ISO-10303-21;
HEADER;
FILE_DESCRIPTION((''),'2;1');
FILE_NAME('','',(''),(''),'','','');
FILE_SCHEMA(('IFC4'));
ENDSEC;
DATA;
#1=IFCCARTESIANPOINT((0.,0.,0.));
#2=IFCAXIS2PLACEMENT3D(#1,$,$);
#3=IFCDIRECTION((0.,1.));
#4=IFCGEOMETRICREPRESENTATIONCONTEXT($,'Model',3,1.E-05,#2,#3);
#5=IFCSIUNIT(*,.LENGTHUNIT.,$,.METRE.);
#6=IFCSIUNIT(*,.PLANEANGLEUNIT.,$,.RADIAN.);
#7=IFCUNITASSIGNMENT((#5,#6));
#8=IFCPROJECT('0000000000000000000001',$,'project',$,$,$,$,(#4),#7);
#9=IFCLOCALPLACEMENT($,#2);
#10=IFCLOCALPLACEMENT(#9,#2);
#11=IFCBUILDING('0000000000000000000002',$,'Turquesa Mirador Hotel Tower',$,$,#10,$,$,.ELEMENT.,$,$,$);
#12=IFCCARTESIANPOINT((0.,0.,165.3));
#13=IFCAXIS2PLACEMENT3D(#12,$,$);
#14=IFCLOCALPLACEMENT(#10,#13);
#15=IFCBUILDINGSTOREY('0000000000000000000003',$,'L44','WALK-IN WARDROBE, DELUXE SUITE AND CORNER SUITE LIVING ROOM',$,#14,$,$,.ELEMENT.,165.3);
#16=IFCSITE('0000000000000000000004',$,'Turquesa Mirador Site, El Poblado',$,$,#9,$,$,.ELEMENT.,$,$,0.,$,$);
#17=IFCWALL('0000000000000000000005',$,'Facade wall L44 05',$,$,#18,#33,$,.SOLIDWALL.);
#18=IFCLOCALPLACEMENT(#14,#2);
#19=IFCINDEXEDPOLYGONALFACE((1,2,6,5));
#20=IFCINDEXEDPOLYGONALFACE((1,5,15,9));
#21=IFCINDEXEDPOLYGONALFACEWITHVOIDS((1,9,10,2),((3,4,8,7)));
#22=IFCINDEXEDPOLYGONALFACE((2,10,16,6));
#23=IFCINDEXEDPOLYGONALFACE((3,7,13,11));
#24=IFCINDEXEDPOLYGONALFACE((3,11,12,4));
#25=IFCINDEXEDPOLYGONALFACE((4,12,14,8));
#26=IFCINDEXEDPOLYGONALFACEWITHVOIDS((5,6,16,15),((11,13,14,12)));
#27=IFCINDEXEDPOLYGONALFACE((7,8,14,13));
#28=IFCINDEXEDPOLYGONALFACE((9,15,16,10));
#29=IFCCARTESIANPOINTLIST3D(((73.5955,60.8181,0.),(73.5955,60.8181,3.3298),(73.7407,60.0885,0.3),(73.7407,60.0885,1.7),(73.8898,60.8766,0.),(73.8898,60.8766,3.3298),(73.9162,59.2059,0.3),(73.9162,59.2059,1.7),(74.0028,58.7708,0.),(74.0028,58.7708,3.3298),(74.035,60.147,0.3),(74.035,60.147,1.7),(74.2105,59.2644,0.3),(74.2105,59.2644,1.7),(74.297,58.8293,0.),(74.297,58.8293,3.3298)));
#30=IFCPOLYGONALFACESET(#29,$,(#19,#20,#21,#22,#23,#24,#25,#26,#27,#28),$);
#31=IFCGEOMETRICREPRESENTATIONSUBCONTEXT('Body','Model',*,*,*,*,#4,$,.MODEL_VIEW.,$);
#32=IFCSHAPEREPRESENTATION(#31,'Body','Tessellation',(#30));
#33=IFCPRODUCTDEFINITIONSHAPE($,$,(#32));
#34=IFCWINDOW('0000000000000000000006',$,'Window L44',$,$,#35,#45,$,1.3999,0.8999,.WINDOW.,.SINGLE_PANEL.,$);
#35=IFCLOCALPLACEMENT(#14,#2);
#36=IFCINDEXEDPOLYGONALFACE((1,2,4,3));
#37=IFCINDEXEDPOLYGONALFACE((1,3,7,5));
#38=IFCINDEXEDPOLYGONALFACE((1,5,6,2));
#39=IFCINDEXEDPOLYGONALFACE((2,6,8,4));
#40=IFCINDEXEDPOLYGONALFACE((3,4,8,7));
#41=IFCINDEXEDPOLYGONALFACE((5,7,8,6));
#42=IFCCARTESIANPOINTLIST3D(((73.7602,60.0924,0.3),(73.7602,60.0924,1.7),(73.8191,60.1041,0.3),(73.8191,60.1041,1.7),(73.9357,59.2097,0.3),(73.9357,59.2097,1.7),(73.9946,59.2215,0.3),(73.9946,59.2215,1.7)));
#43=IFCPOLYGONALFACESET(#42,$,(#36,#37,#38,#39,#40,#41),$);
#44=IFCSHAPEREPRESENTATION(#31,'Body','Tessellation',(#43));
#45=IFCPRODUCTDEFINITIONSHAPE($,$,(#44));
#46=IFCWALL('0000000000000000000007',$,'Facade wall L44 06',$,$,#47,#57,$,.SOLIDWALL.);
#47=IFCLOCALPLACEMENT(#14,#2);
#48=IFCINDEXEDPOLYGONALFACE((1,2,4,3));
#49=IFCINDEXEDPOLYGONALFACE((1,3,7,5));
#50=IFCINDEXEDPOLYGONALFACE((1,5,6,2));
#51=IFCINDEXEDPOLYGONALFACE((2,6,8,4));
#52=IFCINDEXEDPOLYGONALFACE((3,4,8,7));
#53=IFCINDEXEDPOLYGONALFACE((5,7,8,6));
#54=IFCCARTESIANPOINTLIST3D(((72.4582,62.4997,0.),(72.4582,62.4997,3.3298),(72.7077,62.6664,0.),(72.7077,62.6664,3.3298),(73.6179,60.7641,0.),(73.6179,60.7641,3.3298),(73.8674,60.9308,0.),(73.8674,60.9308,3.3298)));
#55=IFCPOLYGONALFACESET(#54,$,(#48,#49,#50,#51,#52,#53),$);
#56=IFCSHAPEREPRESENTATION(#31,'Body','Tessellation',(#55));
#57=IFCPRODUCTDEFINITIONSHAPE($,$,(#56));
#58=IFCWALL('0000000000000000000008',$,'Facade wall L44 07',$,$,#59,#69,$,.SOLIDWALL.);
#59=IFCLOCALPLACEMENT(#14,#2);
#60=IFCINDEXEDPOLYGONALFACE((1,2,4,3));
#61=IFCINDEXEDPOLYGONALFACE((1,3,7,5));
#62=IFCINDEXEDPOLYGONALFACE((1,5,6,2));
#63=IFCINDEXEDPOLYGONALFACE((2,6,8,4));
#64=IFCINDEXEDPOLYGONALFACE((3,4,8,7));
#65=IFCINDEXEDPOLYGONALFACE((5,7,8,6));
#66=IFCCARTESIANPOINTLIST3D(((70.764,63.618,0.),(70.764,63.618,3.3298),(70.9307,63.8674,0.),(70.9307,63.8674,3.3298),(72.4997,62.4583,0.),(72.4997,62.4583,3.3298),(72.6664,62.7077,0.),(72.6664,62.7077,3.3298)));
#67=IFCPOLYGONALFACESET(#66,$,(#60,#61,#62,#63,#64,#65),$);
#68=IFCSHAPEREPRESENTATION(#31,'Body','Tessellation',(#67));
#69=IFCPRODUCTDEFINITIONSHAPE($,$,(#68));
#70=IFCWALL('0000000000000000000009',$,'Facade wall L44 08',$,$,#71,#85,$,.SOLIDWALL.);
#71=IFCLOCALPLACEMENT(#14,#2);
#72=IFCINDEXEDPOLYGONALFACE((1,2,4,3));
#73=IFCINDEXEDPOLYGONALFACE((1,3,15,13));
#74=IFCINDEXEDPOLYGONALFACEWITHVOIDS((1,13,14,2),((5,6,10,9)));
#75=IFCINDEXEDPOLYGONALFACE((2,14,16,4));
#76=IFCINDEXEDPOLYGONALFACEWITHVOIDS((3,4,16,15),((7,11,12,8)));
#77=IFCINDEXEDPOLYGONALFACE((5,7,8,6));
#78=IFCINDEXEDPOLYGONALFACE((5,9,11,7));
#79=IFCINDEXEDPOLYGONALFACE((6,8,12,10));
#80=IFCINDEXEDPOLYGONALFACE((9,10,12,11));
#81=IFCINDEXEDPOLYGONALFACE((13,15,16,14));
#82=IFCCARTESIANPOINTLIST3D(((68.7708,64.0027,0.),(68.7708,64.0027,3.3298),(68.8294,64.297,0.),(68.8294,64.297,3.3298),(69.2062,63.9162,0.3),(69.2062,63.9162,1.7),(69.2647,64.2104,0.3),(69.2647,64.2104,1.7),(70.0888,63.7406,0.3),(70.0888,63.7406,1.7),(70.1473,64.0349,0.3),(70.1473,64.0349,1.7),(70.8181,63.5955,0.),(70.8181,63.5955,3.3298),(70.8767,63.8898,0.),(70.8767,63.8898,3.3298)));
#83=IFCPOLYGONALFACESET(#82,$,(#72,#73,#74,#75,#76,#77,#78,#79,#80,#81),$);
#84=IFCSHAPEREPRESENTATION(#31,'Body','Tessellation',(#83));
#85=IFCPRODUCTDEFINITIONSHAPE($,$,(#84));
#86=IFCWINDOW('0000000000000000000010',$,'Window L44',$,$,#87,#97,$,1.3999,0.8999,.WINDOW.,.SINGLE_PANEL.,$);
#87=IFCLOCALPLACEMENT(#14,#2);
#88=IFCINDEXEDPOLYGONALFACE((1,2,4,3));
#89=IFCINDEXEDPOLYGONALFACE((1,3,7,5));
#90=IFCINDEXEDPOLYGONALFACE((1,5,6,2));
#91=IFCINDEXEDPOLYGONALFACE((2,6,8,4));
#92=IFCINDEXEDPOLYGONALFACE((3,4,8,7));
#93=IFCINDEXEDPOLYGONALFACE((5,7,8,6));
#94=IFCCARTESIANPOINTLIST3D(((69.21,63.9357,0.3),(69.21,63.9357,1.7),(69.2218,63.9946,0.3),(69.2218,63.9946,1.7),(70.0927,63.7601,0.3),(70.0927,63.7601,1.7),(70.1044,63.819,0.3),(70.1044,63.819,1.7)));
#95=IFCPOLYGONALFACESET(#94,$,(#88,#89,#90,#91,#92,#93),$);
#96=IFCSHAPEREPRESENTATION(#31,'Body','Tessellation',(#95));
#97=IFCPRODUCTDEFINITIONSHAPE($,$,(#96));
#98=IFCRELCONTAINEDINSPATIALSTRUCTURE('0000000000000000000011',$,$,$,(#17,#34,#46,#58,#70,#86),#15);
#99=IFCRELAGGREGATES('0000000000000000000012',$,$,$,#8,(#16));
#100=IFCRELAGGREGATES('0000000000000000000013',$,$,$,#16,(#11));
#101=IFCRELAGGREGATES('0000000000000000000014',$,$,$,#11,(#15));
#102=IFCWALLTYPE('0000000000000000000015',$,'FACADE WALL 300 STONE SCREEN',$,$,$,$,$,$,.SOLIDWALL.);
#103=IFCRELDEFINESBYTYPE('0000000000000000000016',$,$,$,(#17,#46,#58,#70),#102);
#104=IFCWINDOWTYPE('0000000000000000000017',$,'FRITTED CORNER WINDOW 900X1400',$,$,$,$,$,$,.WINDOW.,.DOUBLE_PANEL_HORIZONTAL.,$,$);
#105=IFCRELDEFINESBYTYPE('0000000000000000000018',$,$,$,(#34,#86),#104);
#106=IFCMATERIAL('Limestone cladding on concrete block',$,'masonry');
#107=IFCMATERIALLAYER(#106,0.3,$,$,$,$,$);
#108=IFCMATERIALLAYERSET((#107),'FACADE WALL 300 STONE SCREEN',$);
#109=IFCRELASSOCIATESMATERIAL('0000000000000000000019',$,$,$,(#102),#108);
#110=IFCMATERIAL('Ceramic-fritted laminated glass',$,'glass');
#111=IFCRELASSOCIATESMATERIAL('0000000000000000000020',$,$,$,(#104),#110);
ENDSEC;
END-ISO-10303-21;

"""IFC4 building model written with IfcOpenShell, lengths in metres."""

from ifc_helpers import new_model, si_unit, direction, frame, frame_2d, origin, place, context, subcontext, project, spatial, rectangle, extrude, material, layer, layer_set, type_object, element, fill, save


model = new_model("IFC4")

# Units and contexts
model_context = context("Model", 3, precision=1e-05, world=origin(), true_north=direction((0.0, 1.0)))
body_context = subcontext(model_context, "Body", "Model", "MODEL_VIEW")
ifc_project = project(units=[si_unit("LENGTHUNIT", "METRE"), si_unit("PLANEANGLEUNIT", "RADIAN")], contexts=[model_context])

# Site, building, storey
site_placement = place(None, origin())
site = spatial("IfcSite", under=ifc_project, at=site_placement, Name="Turquesa Mirador Site, El Poblado", CompositionType="ELEMENT", RefElevation=0.0)
building_placement = place(site_placement, origin())
building = spatial("IfcBuilding", under=site, at=building_placement, Name="Turquesa Mirador Hotel Tower", CompositionType="ELEMENT")
storey_placement = place(building_placement, frame((0.0, 0.0, 165.3)))
storey = spatial("IfcBuildingStorey", under=building, at=storey_placement, Name="L44", Description="WALK-IN WARDROBE, DELUXE SUITE AND CORNER SUITE LIVING ROOM", CompositionType="ELEMENT", Elevation=165.3)

# Wall, opening, window
ifc_material_1 = material(Name="Limestone cladding on concrete block", Category="masonry")
ifc_layer_1 = layer(ifc_material_1, 0.3)
ifc_layer_set_1 = layer_set([ifc_layer_1], Name="FACADE WALL 300 STONE SCREEN")
wall_type_1 = type_object("IfcWallType", Name="FACADE WALL 300 STONE SCREEN", PredefinedType="SOLIDWALL", material=ifc_layer_set_1)
wall_1_placement = place(storey_placement, frame((74.1499, 58.8, 0.0), z_axis=(0.0, 0.0, 1.0), x_axis=(-0.195081, 0.980787, 0.0)))
wall_1 = element("IfcWall", 1, at=wall_1_placement, inside=storey, type_object=wall_type_1, Name="Facade wall L44 05", PredefinedType="SOLIDWALL", context=body_context, shape_type="SweptSolid", body=[
    extrude(rectangle(XDim=2.0874, YDim=0.3, at=frame_2d((1.0437, 0.0))), origin(), (0.0, 0.0, 1.0), 3.3298),
])
opening_1_placement = place(wall_1_placement, frame((0.4436, 0.0, 0.3)))
opening_1 = element("IfcOpeningElement", 2, at=opening_1_placement, cuts=wall_1, PredefinedType="OPENING", context=body_context, shape_type="SweptSolid", body=[
    extrude(rectangle(XDim=0.8999, YDim=1.3999, at=frame_2d((0.45, 0.7))), frame((0.0, 0.1599, 0.0), z_axis=(0.0, -1.0, 0.0), x_axis=(1.0, 0.0, 0.0)), (0.0, 0.0, 1.0), 0.3201),
])
ifc_material_2 = material(Name="Ceramic-fritted laminated glass", Category="glass")
window_type_1 = type_object("IfcWindowType", Name="FRITTED CORNER WINDOW 900X1400", PartitioningType="DOUBLE_PANEL_HORIZONTAL", PredefinedType="WINDOW", material=ifc_material_2)
window_1_placement = place(opening_1_placement, origin())
window_1 = element("IfcWindow", 3, at=window_1_placement, inside=storey, type_object=window_type_1, Name="Window L44", OverallHeight=1.3999, OverallWidth=0.8999, PartitioningType="SINGLE_PANEL", PredefinedType="WINDOW", context=body_context, shape_type="SweptSolid", body=[
    extrude(rectangle(XDim=0.8999, YDim=1.3999, at=frame_2d((0.45, 0.7))), frame((0.0, 0.1301, 0.0), z_axis=(0.0, -1.0, 0.0), x_axis=(1.0, 0.0, 0.0)), (0.0, 0.0, 1.0), 0.0601),
])
fill(opening_1, window_1)

# Walls
for number, where, z_axis, x_axis, name in (
    (4, (73.7427, 60.8474, 0.0), (0.0, 0.0, 1.0), (-0.555564, 0.831474, 0.0), "Facade wall L44 06"),
    (5, (72.583, 62.583, 0.0), (0.0, 0.0, 1.0), (-0.831474, 0.555564, 0.0), "Facade wall L44 07"),
):
    element("IfcWall", number, at=place(storey_placement, frame(where, z_axis=z_axis, x_axis=x_axis)), inside=storey, type_object=wall_type_1, Name=name, PredefinedType="SOLIDWALL", context=body_context, shape_type="SweptSolid", body=[
        extrude(rectangle(XDim=2.0874, YDim=0.3, at=frame_2d((1.0437, 0.0))), origin(), (0.0, 0.0, 1.0), 3.3298),
    ])

# Wall, opening, window
wall_2_placement = place(storey_placement, frame((70.8474, 63.7427, 0.0), z_axis=(0.0, 0.0, 1.0), x_axis=(-0.980787, 0.195081, 0.0)))
wall_2 = element("IfcWall", 6, at=wall_2_placement, inside=storey, type_object=wall_type_1, Name="Facade wall L44 08", PredefinedType="SOLIDWALL", context=body_context, shape_type="SweptSolid", body=[
    extrude(rectangle(XDim=2.0874, YDim=0.3, at=frame_2d((1.0437, 0.0))), origin(), (0.0, 0.0, 1.0), 3.3298),
])
opening_2_placement = place(wall_2_placement, frame((0.7437, 0.0, 0.3)))
opening_2 = element("IfcOpeningElement", 7, at=opening_2_placement, cuts=wall_2, PredefinedType="OPENING", context=body_context, shape_type="SweptSolid", body=[
    extrude(rectangle(XDim=0.8999, YDim=1.3999, at=frame_2d((0.45, 0.7))), frame((0.0, 0.1599, 0.0), z_axis=(0.0, -1.0, 0.0), x_axis=(1.0, 0.0, 0.0)), (0.0, 0.0, 1.0), 0.3201),
])
window_2_placement = place(opening_2_placement, origin())
window_2 = element("IfcWindow", 8, at=window_2_placement, inside=storey, type_object=window_type_1, Name="Window L44", OverallHeight=1.3999, OverallWidth=0.8999, PartitioningType="SINGLE_PANEL", PredefinedType="WINDOW", context=body_context, shape_type="SweptSolid", body=[
    extrude(rectangle(XDim=0.8999, YDim=1.3999, at=frame_2d((0.45, 0.7))), frame((0.0, 0.1301, 0.0), z_axis=(0.0, -1.0, 0.0), x_axis=(1.0, 0.0, 0.0)), (0.0, 0.0, 1.0), 0.0601),
])
fill(opening_2, window_2)

save(model, "model.ifc")
